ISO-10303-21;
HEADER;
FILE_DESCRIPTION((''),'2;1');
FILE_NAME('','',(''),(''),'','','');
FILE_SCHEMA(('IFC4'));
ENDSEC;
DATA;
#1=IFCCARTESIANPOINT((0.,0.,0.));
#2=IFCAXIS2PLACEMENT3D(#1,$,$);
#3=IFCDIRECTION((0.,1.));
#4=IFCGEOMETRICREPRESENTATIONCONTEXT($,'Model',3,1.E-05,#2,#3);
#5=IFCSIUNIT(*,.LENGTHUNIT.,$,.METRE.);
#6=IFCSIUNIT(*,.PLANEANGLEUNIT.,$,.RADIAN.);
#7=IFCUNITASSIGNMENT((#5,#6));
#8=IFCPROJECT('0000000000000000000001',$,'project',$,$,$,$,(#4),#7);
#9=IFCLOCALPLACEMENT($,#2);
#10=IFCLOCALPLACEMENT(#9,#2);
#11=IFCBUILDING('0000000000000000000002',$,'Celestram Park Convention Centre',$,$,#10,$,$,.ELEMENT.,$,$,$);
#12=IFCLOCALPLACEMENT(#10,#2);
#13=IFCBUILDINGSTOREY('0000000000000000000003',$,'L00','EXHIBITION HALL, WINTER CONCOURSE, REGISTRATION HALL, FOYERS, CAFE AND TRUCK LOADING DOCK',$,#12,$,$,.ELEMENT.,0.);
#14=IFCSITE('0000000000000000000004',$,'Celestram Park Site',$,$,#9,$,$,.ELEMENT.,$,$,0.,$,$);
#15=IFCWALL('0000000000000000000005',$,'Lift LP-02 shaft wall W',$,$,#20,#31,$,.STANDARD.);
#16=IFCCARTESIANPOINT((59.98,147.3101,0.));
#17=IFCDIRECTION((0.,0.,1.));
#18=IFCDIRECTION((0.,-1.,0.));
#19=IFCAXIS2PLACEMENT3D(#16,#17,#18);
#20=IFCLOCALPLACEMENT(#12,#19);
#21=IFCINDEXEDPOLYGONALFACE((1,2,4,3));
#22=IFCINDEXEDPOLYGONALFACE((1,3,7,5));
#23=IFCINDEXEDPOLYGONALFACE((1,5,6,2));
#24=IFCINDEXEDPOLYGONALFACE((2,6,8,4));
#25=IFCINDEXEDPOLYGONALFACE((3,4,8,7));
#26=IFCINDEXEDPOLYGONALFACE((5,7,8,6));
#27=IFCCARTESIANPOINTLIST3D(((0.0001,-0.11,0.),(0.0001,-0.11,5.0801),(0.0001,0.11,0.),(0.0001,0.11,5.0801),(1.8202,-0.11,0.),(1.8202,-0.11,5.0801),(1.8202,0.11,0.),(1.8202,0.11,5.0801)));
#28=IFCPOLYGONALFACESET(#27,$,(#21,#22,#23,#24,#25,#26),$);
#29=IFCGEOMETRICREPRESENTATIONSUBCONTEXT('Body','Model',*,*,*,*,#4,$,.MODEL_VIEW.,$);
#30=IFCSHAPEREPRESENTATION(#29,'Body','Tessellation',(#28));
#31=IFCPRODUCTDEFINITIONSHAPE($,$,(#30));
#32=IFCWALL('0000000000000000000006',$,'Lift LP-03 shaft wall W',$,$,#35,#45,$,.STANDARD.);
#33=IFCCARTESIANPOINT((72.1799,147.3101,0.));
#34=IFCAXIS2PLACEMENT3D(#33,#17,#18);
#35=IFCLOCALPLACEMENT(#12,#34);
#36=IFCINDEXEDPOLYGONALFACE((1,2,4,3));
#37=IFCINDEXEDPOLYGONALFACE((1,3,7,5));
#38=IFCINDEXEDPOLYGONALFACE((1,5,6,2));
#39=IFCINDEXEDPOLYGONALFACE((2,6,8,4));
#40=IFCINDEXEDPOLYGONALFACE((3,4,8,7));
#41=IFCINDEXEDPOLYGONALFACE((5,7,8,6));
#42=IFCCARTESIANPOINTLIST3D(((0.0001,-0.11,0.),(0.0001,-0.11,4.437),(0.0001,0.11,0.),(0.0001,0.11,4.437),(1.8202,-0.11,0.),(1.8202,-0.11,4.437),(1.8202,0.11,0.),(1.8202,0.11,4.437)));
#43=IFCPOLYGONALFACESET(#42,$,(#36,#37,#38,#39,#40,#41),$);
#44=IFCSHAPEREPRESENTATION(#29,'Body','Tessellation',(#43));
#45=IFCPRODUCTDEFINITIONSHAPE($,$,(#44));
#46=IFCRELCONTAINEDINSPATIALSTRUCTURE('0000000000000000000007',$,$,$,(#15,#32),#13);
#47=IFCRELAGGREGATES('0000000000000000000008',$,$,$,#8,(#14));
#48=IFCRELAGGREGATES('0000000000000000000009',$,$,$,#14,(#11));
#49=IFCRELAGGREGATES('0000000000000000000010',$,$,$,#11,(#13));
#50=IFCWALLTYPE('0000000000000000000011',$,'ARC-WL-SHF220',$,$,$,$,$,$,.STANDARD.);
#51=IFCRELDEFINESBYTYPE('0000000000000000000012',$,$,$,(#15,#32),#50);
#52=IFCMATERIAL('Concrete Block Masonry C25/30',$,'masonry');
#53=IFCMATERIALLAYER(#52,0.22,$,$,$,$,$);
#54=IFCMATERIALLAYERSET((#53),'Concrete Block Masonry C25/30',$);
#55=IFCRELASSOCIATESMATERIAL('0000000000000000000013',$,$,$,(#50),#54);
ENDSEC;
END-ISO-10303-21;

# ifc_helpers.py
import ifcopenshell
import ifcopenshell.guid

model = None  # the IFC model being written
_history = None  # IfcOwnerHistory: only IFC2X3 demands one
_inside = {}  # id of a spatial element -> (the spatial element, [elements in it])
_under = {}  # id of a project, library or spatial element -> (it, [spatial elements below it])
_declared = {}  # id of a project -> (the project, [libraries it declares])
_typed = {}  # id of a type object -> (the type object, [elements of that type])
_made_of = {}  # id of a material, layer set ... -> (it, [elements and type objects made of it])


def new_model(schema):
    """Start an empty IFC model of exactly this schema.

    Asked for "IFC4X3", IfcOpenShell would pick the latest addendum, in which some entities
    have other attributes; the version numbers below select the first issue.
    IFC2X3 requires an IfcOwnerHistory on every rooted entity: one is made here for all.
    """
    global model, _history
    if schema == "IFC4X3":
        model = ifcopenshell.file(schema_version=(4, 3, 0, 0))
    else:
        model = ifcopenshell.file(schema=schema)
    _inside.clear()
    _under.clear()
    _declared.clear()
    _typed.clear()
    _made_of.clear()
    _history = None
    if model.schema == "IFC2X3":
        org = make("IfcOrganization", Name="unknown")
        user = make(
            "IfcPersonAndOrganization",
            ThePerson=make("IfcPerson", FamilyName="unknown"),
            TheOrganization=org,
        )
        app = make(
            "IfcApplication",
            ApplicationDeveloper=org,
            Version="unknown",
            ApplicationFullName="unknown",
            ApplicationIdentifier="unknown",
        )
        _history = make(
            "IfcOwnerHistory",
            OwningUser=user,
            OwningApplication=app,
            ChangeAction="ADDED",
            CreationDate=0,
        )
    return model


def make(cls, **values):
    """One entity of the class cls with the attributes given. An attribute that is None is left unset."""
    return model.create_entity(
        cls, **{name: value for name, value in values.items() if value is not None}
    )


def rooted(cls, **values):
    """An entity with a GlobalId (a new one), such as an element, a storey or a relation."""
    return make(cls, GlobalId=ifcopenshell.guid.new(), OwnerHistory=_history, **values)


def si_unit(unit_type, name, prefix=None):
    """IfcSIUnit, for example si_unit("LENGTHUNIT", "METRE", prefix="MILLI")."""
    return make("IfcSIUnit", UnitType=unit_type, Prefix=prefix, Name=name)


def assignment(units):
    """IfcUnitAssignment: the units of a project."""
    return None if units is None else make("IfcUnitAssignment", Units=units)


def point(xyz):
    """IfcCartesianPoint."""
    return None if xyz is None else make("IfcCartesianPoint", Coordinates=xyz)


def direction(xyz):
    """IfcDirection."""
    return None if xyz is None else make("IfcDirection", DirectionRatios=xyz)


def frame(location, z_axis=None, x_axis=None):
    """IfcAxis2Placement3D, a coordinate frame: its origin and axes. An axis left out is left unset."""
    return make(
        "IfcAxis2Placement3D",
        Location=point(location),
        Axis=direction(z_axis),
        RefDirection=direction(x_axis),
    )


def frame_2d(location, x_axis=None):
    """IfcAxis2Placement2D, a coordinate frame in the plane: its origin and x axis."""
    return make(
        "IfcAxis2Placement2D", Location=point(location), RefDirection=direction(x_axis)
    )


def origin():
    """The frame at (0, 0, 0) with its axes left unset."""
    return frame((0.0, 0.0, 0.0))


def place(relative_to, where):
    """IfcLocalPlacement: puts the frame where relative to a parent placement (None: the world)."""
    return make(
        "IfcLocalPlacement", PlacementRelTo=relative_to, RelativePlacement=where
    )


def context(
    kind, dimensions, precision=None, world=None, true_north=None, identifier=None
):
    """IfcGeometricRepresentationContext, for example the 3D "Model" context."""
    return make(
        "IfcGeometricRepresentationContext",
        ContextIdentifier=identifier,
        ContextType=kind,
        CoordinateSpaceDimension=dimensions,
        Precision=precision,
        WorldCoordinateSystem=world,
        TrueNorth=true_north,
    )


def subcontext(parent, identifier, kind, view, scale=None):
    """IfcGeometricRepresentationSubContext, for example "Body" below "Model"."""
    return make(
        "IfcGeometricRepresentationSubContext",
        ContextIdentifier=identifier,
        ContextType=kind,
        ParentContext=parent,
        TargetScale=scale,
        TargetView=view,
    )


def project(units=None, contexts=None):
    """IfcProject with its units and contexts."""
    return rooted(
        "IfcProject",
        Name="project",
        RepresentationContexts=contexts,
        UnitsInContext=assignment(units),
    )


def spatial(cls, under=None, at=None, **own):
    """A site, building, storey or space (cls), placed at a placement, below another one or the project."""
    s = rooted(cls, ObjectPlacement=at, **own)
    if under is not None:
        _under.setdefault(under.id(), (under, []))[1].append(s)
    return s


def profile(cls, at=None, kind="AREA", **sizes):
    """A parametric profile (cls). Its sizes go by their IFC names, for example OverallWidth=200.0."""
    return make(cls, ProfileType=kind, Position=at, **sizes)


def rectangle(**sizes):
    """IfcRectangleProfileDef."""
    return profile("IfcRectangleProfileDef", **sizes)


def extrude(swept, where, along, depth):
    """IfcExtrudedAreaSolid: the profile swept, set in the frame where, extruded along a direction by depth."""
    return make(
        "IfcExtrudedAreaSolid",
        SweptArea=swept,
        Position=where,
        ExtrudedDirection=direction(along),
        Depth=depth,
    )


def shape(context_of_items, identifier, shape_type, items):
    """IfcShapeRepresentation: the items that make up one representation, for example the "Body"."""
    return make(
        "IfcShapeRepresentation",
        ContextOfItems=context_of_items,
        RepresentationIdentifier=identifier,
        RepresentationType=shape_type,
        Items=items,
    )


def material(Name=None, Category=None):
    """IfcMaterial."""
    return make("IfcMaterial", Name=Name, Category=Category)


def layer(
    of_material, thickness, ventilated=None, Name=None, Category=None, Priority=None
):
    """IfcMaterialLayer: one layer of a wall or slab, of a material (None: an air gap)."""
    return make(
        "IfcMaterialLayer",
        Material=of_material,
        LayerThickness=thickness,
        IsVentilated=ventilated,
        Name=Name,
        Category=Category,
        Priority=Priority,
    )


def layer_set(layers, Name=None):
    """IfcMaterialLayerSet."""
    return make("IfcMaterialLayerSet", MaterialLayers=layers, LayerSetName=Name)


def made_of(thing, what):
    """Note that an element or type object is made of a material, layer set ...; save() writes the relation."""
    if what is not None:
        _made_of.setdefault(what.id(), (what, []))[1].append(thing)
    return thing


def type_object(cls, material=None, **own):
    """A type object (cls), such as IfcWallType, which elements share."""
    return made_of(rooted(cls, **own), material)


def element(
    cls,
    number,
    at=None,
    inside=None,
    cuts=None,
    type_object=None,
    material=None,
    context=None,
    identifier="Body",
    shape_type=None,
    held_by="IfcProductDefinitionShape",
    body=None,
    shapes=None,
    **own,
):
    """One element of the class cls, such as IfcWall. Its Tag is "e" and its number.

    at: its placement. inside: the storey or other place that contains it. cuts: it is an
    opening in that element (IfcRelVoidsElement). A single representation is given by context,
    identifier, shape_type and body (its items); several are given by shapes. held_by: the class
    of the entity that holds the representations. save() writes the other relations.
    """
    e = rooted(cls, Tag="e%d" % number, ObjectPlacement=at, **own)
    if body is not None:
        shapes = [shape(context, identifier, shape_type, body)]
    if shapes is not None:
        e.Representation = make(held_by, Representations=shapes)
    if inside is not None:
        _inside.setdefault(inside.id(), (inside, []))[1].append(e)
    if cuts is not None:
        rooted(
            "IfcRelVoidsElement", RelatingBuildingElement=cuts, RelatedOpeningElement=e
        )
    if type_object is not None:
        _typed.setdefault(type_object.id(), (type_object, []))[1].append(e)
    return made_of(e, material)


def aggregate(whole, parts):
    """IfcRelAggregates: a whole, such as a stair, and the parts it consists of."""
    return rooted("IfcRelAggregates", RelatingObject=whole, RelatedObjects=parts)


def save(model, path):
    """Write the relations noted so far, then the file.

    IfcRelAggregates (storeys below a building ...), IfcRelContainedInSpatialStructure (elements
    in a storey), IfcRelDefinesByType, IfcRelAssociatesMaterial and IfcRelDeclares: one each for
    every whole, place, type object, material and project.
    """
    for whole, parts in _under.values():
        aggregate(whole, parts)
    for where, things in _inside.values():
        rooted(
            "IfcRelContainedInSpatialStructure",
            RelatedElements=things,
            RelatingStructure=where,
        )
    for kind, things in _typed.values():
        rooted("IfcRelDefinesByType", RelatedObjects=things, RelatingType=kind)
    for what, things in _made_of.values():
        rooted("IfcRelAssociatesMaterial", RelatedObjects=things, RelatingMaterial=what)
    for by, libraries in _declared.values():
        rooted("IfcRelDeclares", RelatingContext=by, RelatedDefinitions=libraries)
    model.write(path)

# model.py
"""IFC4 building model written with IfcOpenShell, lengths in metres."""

from ifc_helpers import new_model, si_unit, direction, frame, frame_2d, origin, place, context, subcontext, project, spatial, rectangle, extrude, material, layer, layer_set, type_object, element, save


model = new_model("IFC4")

# Units and contexts
model_context = context("Model", 3, precision=1e-05, world=origin(), true_north=direction((0.0, 1.0)))
body_context = subcontext(model_context, "Body", "Model", "MODEL_VIEW")
ifc_project = project(units=[si_unit("LENGTHUNIT", "METRE"), si_unit("PLANEANGLEUNIT", "RADIAN")], contexts=[model_context])

# Site, building, storey
site_placement = place(None, origin())
site = spatial("IfcSite", under=ifc_project, at=site_placement, Name="Celestram Park Site", CompositionType="ELEMENT", RefElevation=0.0)
building_placement = place(site_placement, origin())
building = spatial("IfcBuilding", under=site, at=building_placement, Name="Celestram Park Convention Centre", CompositionType="ELEMENT")
storey_placement = place(building_placement, origin())
storey = spatial("IfcBuildingStorey", under=building, at=storey_placement, Name="L00", Description="EXHIBITION HALL, WINTER CONCOURSE, REGISTRATION HALL, FOYERS, CAFE AND TRUCK LOADING DOCK", CompositionType="ELEMENT", Elevation=0.0)

# Shared definitions
ifc_material_1 = material(Name="Concrete Block Masonry C25/30", Category="masonry")

# Walls
ifc_layer_1 = layer(ifc_material_1, 0.22)
ifc_layer_set_1 = layer_set([ifc_layer_1], Name="Concrete Block Masonry C25/30")
wall_type_1 = type_object("IfcWallType", Name="ARC-WL-SHF220", PredefinedType="STANDARD", material=ifc_layer_set_1)
wall_1_placement = place(storey_placement, frame((59.98, 147.3101, 0.0), z_axis=(0.0, 0.0, 1.0), x_axis=(0.0, -1.0, 0.0)))
element("IfcWall", 1, at=wall_1_placement, inside=storey, type_object=wall_type_1, Name="Lift LP-02 shaft wall W", PredefinedType="STANDARD", context=body_context, shape_type="SweptSolid", body=[
    extrude(rectangle(XDim=1.8201, YDim=0.22, at=frame_2d((0.9102, 0.0))), origin(), (0.0, 0.0, 1.0), 5.0801),
])
wall_2_placement = place(storey_placement, frame((72.1799, 147.3101, 0.0), z_axis=(0.0, 0.0, 1.0), x_axis=(0.0, -1.0, 0.0)))
element("IfcWall", 2, at=wall_2_placement, inside=storey, type_object=wall_type_1, Name="Lift LP-03 shaft wall W", PredefinedType="STANDARD", context=body_context, shape_type="SweptSolid", body=[
    extrude(rectangle(XDim=1.8201, YDim=0.22, at=frame_2d((0.9102, 0.0))), origin(), (0.0, 0.0, 1.0), 4.437),
])

save(model, "model.ifc")
